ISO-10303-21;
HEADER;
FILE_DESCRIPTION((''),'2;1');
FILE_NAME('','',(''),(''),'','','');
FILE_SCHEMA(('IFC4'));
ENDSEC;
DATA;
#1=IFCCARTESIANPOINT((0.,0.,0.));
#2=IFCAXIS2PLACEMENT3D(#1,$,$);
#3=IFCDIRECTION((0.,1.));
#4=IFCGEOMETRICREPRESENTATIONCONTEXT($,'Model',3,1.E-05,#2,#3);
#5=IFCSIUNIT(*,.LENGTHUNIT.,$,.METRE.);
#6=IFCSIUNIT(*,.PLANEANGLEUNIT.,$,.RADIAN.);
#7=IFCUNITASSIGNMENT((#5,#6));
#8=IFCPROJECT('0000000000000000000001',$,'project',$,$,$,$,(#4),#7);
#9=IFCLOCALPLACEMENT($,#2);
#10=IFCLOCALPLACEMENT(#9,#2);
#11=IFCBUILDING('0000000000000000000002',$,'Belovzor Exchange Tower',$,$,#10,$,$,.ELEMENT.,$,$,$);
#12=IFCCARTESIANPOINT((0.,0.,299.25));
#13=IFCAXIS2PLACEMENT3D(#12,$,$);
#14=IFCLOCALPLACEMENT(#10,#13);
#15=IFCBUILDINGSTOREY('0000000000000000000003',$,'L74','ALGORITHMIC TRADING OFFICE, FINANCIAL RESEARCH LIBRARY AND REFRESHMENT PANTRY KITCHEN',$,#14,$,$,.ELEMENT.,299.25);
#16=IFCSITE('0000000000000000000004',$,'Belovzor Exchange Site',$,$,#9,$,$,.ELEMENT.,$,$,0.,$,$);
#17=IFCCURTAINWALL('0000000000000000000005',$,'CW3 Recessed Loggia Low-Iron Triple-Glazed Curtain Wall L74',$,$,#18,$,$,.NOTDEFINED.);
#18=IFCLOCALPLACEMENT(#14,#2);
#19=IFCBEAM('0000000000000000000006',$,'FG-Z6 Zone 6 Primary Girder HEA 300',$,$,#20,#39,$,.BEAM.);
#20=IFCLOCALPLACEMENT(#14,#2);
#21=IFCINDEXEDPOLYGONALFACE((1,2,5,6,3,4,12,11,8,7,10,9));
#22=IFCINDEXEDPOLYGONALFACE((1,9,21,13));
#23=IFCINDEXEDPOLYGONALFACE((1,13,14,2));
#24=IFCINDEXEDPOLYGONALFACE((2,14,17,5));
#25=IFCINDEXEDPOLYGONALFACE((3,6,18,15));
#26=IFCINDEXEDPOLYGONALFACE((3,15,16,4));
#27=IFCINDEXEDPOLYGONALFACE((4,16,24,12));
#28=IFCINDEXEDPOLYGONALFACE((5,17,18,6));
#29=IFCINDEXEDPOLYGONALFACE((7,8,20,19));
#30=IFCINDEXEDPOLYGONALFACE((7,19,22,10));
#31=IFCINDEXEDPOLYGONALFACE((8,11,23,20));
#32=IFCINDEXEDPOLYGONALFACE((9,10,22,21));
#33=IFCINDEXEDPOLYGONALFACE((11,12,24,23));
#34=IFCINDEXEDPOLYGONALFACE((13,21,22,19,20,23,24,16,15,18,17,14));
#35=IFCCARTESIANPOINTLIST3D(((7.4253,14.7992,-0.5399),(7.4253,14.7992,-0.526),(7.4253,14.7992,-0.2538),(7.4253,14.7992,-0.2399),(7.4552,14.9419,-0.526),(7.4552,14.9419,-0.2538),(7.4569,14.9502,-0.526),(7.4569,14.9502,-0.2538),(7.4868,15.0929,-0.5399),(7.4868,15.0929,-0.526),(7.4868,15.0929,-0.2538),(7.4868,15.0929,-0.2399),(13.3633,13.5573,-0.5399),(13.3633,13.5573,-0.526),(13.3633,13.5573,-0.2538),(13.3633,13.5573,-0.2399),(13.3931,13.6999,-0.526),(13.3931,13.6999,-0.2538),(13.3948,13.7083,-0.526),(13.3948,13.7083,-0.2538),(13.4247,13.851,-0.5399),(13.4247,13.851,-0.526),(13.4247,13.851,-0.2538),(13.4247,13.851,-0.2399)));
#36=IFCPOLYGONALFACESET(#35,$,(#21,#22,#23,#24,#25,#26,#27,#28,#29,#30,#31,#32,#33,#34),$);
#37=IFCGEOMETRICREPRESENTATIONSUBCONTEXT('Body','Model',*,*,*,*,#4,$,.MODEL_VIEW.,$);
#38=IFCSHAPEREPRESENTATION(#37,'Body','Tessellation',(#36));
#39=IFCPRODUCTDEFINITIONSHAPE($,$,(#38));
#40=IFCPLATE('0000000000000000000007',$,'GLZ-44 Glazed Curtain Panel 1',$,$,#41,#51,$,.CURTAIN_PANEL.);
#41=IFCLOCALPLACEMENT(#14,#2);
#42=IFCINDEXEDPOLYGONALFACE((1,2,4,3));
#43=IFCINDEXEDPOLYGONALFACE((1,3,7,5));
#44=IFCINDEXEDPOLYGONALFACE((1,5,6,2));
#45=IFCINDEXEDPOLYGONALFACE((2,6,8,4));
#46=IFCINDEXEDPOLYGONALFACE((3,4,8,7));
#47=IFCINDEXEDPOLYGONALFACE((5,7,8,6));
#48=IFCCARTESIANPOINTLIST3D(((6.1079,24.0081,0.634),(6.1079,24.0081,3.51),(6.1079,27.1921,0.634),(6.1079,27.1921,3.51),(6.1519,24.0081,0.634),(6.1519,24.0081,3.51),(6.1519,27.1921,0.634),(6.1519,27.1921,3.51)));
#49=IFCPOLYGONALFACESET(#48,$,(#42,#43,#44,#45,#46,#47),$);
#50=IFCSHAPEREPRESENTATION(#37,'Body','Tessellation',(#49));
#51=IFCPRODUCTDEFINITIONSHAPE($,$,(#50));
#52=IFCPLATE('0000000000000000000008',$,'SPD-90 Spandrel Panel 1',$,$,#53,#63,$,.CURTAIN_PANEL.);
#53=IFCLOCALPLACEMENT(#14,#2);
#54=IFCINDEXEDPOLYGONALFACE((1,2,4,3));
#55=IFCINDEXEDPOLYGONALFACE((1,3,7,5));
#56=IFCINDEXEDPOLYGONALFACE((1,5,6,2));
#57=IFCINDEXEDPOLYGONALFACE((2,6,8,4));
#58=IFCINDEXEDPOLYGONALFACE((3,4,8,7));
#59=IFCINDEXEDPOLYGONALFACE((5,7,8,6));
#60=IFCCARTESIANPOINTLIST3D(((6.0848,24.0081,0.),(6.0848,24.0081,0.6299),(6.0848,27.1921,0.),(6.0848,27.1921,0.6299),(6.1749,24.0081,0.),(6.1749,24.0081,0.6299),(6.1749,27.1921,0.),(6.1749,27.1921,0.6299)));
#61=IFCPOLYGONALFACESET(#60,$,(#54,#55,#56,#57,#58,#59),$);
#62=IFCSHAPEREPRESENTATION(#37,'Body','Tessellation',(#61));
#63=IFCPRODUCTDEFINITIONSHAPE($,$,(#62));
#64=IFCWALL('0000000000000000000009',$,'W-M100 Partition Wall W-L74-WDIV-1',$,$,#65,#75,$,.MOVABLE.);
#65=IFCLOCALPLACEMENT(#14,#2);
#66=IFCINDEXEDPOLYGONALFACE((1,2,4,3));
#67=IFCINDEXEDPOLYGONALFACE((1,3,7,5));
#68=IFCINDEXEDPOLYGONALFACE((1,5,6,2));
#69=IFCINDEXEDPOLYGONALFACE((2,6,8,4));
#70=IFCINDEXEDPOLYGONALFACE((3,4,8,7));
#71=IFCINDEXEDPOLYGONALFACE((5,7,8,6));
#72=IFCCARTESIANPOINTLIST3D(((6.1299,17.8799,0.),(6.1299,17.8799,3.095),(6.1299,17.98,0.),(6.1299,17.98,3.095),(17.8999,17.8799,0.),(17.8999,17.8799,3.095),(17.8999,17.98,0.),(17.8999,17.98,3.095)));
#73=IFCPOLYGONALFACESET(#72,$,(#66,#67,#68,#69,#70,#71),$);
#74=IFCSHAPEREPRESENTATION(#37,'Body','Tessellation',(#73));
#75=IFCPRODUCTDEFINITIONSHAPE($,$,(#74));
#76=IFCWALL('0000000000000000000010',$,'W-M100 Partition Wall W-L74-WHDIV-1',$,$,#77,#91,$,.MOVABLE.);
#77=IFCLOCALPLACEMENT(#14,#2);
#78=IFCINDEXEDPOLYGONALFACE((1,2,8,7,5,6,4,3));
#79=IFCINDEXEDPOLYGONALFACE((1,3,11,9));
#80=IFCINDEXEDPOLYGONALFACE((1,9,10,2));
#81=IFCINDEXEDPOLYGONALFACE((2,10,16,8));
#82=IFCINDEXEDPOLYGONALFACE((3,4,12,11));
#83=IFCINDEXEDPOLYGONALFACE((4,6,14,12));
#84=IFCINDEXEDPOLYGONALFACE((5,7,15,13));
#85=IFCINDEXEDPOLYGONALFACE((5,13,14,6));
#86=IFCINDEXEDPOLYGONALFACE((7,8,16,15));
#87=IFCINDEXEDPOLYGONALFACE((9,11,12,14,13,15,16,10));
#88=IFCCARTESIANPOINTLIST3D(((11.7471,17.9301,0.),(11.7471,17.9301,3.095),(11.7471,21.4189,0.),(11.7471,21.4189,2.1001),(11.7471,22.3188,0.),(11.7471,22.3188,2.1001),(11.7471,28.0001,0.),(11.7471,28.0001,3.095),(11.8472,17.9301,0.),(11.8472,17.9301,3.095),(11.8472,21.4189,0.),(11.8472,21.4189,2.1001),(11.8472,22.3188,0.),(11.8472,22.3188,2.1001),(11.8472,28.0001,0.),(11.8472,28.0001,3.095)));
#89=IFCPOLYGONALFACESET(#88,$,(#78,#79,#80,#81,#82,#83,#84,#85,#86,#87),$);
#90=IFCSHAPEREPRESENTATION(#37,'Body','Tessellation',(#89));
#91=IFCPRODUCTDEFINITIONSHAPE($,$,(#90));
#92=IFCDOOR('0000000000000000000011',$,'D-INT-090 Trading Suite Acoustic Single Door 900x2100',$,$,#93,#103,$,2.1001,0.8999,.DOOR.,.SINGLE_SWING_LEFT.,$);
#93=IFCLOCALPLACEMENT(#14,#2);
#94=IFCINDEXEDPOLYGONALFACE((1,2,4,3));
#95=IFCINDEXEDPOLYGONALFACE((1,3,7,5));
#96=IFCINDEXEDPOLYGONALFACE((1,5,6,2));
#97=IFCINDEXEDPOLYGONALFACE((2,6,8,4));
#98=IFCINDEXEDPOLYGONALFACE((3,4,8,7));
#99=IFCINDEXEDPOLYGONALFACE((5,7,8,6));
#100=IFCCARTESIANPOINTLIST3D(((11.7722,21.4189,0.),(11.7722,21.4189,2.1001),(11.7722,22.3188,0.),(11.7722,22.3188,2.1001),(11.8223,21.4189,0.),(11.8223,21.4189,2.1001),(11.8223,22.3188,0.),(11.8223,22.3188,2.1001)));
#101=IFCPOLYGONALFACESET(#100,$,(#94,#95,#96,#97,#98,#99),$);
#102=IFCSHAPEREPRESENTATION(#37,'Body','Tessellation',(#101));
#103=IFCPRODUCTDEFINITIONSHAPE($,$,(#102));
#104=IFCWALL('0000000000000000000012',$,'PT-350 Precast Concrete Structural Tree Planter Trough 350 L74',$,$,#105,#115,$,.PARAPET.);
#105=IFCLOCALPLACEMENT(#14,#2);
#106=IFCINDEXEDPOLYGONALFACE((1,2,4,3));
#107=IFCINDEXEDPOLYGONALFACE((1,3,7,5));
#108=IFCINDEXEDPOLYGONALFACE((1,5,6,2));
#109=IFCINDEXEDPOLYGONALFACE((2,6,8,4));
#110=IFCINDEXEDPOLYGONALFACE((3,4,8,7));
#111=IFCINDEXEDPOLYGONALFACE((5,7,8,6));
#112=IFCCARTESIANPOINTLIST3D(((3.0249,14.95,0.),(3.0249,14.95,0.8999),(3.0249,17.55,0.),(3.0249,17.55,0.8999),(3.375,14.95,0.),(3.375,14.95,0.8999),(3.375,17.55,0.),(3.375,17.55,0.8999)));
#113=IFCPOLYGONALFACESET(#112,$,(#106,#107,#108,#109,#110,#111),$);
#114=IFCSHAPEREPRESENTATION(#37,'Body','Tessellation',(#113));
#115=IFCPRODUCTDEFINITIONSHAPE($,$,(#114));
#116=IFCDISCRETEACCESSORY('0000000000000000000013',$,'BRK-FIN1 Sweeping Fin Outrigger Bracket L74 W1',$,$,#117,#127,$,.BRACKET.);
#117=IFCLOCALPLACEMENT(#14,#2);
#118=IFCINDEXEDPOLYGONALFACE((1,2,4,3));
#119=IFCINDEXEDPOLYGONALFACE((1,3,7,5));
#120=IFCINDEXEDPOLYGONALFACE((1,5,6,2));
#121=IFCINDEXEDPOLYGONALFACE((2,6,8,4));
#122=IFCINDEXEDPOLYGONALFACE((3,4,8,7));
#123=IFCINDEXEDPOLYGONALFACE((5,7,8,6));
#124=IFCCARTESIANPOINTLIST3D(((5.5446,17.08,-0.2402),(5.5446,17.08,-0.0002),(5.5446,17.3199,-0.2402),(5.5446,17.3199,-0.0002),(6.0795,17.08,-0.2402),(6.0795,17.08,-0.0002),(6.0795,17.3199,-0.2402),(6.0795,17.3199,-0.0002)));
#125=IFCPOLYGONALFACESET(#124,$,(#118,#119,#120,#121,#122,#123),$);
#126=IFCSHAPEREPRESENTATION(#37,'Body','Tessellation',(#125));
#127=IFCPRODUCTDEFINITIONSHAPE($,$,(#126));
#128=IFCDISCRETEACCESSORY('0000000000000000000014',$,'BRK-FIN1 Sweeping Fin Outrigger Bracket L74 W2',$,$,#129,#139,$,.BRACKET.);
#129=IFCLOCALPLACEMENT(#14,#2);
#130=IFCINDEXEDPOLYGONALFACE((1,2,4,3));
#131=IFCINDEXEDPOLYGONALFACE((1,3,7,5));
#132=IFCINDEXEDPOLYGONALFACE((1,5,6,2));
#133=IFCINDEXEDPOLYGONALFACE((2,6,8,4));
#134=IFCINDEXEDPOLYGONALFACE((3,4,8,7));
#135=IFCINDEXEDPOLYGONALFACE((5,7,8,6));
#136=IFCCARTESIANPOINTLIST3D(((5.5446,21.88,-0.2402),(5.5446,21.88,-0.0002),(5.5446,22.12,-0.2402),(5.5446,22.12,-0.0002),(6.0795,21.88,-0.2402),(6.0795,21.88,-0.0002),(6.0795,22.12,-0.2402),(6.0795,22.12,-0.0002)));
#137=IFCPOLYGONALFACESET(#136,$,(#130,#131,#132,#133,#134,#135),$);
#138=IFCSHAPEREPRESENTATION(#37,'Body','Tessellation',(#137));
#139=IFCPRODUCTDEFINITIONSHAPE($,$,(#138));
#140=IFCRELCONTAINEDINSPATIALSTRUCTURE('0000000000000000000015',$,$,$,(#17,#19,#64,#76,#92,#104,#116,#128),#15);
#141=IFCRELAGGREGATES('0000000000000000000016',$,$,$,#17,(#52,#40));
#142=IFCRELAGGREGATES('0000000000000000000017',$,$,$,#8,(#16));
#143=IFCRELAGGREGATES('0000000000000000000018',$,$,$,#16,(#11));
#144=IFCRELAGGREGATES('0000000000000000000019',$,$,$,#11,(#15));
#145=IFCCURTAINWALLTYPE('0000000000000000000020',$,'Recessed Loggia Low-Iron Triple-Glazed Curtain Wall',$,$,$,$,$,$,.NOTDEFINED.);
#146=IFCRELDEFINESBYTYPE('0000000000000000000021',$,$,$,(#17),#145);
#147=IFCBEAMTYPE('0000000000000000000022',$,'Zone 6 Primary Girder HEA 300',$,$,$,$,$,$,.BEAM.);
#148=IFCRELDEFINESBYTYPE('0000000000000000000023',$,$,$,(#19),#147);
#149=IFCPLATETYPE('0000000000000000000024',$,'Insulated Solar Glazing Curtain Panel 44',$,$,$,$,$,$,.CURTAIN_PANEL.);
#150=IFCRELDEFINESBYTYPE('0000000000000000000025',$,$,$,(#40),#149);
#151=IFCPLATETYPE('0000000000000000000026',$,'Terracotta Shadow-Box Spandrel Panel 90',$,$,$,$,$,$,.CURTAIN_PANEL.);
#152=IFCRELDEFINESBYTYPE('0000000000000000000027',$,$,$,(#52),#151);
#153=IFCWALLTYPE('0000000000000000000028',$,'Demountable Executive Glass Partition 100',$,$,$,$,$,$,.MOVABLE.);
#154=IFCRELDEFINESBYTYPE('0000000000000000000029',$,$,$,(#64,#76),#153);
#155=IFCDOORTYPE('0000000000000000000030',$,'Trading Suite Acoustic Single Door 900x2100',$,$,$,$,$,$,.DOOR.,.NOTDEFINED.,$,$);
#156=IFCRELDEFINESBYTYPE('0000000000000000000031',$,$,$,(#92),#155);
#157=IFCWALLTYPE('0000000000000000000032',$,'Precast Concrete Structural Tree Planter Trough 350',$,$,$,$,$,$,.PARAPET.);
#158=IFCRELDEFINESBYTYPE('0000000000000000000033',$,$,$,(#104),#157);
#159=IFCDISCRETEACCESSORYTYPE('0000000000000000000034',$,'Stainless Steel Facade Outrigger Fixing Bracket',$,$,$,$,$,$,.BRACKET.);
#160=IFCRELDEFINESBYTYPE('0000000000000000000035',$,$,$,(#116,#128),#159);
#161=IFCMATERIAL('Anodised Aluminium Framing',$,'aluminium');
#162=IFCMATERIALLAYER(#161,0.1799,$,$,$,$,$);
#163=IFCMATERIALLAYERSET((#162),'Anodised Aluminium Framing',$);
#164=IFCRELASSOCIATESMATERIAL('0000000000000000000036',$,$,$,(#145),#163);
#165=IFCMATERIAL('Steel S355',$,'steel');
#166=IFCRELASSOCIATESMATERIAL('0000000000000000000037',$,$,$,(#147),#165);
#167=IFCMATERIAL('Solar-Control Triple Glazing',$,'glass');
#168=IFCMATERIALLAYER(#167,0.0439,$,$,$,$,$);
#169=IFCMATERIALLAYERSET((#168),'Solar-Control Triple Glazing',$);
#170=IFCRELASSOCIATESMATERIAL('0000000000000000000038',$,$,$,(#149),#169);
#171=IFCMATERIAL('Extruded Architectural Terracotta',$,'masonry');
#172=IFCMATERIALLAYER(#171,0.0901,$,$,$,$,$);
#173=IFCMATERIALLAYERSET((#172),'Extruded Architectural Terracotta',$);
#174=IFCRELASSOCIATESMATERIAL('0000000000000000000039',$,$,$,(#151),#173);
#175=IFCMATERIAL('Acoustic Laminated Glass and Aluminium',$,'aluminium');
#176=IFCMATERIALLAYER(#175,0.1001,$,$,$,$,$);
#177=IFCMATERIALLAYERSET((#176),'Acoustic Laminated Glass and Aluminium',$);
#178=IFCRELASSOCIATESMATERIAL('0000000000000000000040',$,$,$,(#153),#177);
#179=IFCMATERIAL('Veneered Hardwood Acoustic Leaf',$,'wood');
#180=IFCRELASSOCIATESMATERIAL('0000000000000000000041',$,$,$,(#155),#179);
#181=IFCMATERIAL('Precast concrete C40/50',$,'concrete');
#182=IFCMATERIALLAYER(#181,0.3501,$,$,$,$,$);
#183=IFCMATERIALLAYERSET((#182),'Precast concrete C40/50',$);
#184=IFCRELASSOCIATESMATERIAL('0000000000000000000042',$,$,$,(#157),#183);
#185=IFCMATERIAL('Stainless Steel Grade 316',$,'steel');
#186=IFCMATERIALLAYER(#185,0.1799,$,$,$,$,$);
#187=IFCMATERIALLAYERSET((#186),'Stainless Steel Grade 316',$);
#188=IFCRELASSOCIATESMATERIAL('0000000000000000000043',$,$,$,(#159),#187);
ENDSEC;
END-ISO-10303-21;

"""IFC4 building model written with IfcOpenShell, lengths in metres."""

from ifc_helpers import new_model, si_unit, direction, frame, frame_2d, origin, origin_2d, place, context, subcontext, project, spatial, rectangle, i_section, extrude, material, layer, layer_set, material_profile, profile_set, type_object, element, fill, aggregate, save


model = new_model("IFC4")

# Units and contexts
model_context = context("Model", 3, precision=1e-05, world=origin(), true_north=direction((0.0, 1.0)))
body_context = subcontext(model_context, "Body", "Model", "MODEL_VIEW")
ifc_project = project(units=[si_unit("LENGTHUNIT", "METRE"), si_unit("PLANEANGLEUNIT", "RADIAN")], contexts=[model_context])

# Site, building, storey
site_placement = place(None, origin())
site = spatial("IfcSite", under=ifc_project, at=site_placement, Name="Belovzor Exchange Site", CompositionType="ELEMENT", RefElevation=0.0)
building_placement = place(site_placement, origin())
building = spatial("IfcBuilding", under=site, at=building_placement, Name="Belovzor Exchange Tower", CompositionType="ELEMENT")
storey_placement = place(building_placement, frame((0.0, 0.0, 299.25)))
storey = spatial("IfcBuildingStorey", under=building, at=storey_placement, Name="L74", Description="ALGORITHMIC TRADING OFFICE, FINANCIAL RESEARCH LIBRARY AND REFRESHMENT PANTRY KITCHEN", CompositionType="ELEMENT", Elevation=299.25)

# Curtain wall
ifc_material_1 = material(Name="Anodised Aluminium Framing", Category="aluminium")
ifc_layer_1 = layer(ifc_material_1, 0.1799)
ifc_layer_set_1 = layer_set([ifc_layer_1], Name="Anodised Aluminium Framing")
curtain_wall_type = type_object("IfcCurtainWallType", Name="Recessed Loggia Low-Iron Triple-Glazed Curtain Wall", PredefinedType="NOTDEFINED", material=ifc_layer_set_1)
curtain_wall_placement = place(storey_placement, origin())
curtain_wall = element("IfcCurtainWall", 1, at=curtain_wall_placement, inside=storey, type_object=curtain_wall_type, Name="CW3 Recessed Loggia Low-Iron Triple-Glazed Curtain Wall L74", PredefinedType="NOTDEFINED")

# Beam
ifc_material_2 = material(Name="Steel S355", Category="steel")
ifc_material_profile_1 = material_profile(ifc_material_2, i_section(OverallWidth=0.3, OverallDepth=0.3, WebThickness=0.0085, FlangeThickness=0.0139, at=origin_2d()))
ifc_profile_set_1 = profile_set([ifc_material_profile_1], Name="Steel S355")
beam_type_1 = type_object("IfcBeamType", Name="Zone 6 Primary Girder HEA 300", PredefinedType="BEAM", material=ifc_profile_set_1)
for number, where, z_axis, x_axis, name in (
    (2, (7.4561, 14.946, -0.3899), (0.97882, -0.204722, 0.0), (0.204722, 0.97882, 0.0), "FG-Z6 Zone 6 Primary Girder HEA 300"),
):
    element("IfcBeam", number, at=place(storey_placement, frame(where, z_axis=z_axis, x_axis=x_axis)), inside=storey, type_object=beam_type_1, Name=name, PredefinedType="BEAM", context=body_context, shape_type="SweptSolid", body=[
        extrude(i_section(OverallWidth=0.3, OverallDepth=0.3, WebThickness=0.0085, FlangeThickness=0.0139, at=origin_2d()), origin(), (0.0, 0.0, 1.0), 6.0664),
    ])

# Plates
ifc_material_3 = material(Name="Solar-Control Triple Glazing", Category="glass")
ifc_layer_2 = layer(ifc_material_3, 0.0439)
ifc_layer_set_2 = layer_set([ifc_layer_2], Name="Solar-Control Triple Glazing")
plate_type_1 = type_object("IfcPlateType", Name="Insulated Solar Glazing Curtain Panel 44", PredefinedType="CURTAIN_PANEL", material=ifc_layer_set_2)
plate_1_placement = place(storey_placement, frame((6.1299, 25.6001, 0.634), z_axis=(0.0, 0.0, 1.0), x_axis=(0.0, 1.0, 0.0)))
plate_1 = element("IfcPlate", 3, at=plate_1_placement, type_object=plate_type_1, Name="GLZ-44 Glazed Curtain Panel 1", PredefinedType="CURTAIN_PANEL", context=body_context, shape_type="SweptSolid", body=[
    extrude(rectangle(XDim=3.1841, YDim=0.0439, at=origin_2d()), origin(), (0.0, 0.0, 1.0), 2.876),
])
ifc_material_4 = material(Name="Extruded Architectural Terracotta", Category="masonry")
ifc_layer_3 = layer(ifc_material_4, 0.0901)
ifc_layer_set_3 = layer_set([ifc_layer_3], Name="Extruded Architectural Terracotta")
plate_type_2 = type_object("IfcPlateType", Name="Terracotta Shadow-Box Spandrel Panel 90", PredefinedType="CURTAIN_PANEL", material=ifc_layer_set_3)
plate_2_placement = place(storey_placement, frame((6.1299, 25.6001, 0.0), z_axis=(0.0, 0.0, 1.0), x_axis=(0.0, 1.0, 0.0)))
plate_2 = element("IfcPlate", 4, at=plate_2_placement, type_object=plate_type_2, Name="SPD-90 Spandrel Panel 1", PredefinedType="CURTAIN_PANEL", context=body_context, shape_type="SweptSolid", body=[
    extrude(rectangle(XDim=3.1841, YDim=0.0901, at=origin_2d()), origin(), (0.0, 0.0, 1.0), 0.6299),
])
aggregate(curtain_wall, [plate_2, plate_1])

# Wall
ifc_material_5 = material(Name="Acoustic Laminated Glass and Aluminium", Category="aluminium")
ifc_layer_4 = layer(ifc_material_5, 0.1001)
ifc_layer_set_4 = layer_set([ifc_layer_4], Name="Acoustic Laminated Glass and Aluminium")
wall_type_1 = type_object("IfcWallType", Name="Demountable Executive Glass Partition 100", PredefinedType="MOVABLE", material=ifc_layer_set_4)
wall_1_placement = place(storey_placement, frame((6.1299, 17.9299, 0.0), z_axis=(0.0, 0.0, 1.0), x_axis=(1.0, 0.0, 0.0)))
element("IfcWall", 5, at=wall_1_placement, inside=storey, type_object=wall_type_1, Name="W-M100 Partition Wall W-L74-WDIV-1", PredefinedType="MOVABLE", context=body_context, shape_type="SweptSolid", body=[
    extrude(rectangle(XDim=11.77, YDim=0.1001, at=frame_2d((5.885, 0.0))), origin(), (0.0, 0.0, 1.0), 3.095),
])

# Wall, opening, door
wall_2_placement = place(storey_placement, frame((11.7971, 17.9299, 0.0), z_axis=(0.0, 0.0, 1.0), x_axis=(0.0, 1.0, 0.0)))
wall_2 = element("IfcWall", 6, at=wall_2_placement, inside=storey, type_object=wall_type_1, Name="W-M100 Partition Wall W-L74-WHDIV-1", PredefinedType="MOVABLE", context=body_context, shape_type="SweptSolid", body=[
    extrude(rectangle(XDim=10.0701, YDim=0.1001, at=frame_2d((5.0352, 0.0))), origin(), (0.0, 0.0, 1.0), 3.095),
])
opening_placement = place(wall_2_placement, frame((3.489, 0.0, 0.0)))
opening = element("IfcOpeningElement", 7, at=opening_placement, cuts=wall_2, PredefinedType="OPENING", context=body_context, shape_type="SweptSolid", body=[
    extrude(rectangle(XDim=0.8999, YDim=2.1001, at=frame_2d((0.45, 1.05))), frame((0.0, 0.0601, 0.0), z_axis=(0.0, -1.0, 0.0), x_axis=(1.0, 0.0, 0.0)), (0.0, 0.0, 1.0), 0.1201),
])
ifc_material_6 = material(Name="Veneered Hardwood Acoustic Leaf", Category="wood")
door_type = type_object("IfcDoorType", Name="Trading Suite Acoustic Single Door 900x2100", OperationType="NOTDEFINED", PredefinedType="DOOR", material=ifc_material_6)
door_placement = place(opening_placement, origin())
door = element("IfcDoor", 8, at=door_placement, inside=storey, type_object=door_type, Name="D-INT-090 Trading Suite Acoustic Single Door 900x2100", OperationType="SINGLE_SWING_LEFT", OverallHeight=2.1001, OverallWidth=0.8999, PredefinedType="DOOR", context=body_context, shape_type="SweptSolid", body=[
    extrude(rectangle(XDim=0.8999, YDim=2.1001, at=frame_2d((0.45, 1.05))), frame((0.0, 0.0249, 0.0), z_axis=(0.0, -1.0, 0.0), x_axis=(1.0, 0.0, 0.0)), (0.0, 0.0, 1.0), 0.05),
])
fill(opening, door)

# Wall
ifc_material_7 = material(Name="Precast concrete C40/50", Category="concrete")
ifc_layer_5 = layer(ifc_material_7, 0.3501)
ifc_layer_set_5 = layer_set([ifc_layer_5], Name="Precast concrete C40/50")
wall_type_2 = type_object("IfcWallType", Name="Precast Concrete Structural Tree Planter Trough 350", PredefinedType="PARAPET", material=ifc_layer_set_5)
wall_3_placement = place(storey_placement, frame((3.2, 14.95, 0.0), z_axis=(0.0, 0.0, 1.0), x_axis=(0.0, 1.0, 0.0)))
element("IfcWall", 9, at=wall_3_placement, inside=storey, type_object=wall_type_2, Name="PT-350 Precast Concrete Structural Tree Planter Trough 350 L74", PredefinedType="PARAPET", context=body_context, shape_type="SweptSolid", body=[
    extrude(rectangle(XDim=2.6001, YDim=0.3501, at=frame_2d((1.3, 0.0))), origin(), (0.0, 0.0, 1.0), 0.8999),
])

# Discrete accessories
ifc_material_8 = material(Name="Stainless Steel Grade 316", Category="steel")
ifc_layer_6 = layer(ifc_material_8, 0.1799)
ifc_layer_set_6 = layer_set([ifc_layer_6], Name="Stainless Steel Grade 316")
discrete_accessory_type = type_object("IfcDiscreteAccessoryType", Name="Stainless Steel Facade Outrigger Fixing Bracket", PredefinedType="BRACKET", material=ifc_layer_set_6)
for number, where, z_axis, x_axis, name in (
    (10, (5.812, 17.2, -0.2402), (0.0, 0.0, 1.0), (1.0, 0.0, 0.0), "BRK-FIN1 Sweeping Fin Outrigger Bracket L74 W1"),
    (11, (5.812, 22.0, -0.2402), (0.0, 0.0, 1.0), (1.0, 0.0, 0.0), "BRK-FIN1 Sweeping Fin Outrigger Bracket L74 W2"),
):
    element("IfcDiscreteAccessory", number, at=place(storey_placement, frame(where, z_axis=z_axis, x_axis=x_axis)), inside=storey, type_object=discrete_accessory_type, Name=name, PredefinedType="BRACKET", context=body_context, shape_type="SweptSolid", body=[
        extrude(rectangle(XDim=0.5349, YDim=0.24, at=origin_2d()), origin(), (0.0, 0.0, 1.0), 0.24),
    ])

save(model, "model.ifc")
